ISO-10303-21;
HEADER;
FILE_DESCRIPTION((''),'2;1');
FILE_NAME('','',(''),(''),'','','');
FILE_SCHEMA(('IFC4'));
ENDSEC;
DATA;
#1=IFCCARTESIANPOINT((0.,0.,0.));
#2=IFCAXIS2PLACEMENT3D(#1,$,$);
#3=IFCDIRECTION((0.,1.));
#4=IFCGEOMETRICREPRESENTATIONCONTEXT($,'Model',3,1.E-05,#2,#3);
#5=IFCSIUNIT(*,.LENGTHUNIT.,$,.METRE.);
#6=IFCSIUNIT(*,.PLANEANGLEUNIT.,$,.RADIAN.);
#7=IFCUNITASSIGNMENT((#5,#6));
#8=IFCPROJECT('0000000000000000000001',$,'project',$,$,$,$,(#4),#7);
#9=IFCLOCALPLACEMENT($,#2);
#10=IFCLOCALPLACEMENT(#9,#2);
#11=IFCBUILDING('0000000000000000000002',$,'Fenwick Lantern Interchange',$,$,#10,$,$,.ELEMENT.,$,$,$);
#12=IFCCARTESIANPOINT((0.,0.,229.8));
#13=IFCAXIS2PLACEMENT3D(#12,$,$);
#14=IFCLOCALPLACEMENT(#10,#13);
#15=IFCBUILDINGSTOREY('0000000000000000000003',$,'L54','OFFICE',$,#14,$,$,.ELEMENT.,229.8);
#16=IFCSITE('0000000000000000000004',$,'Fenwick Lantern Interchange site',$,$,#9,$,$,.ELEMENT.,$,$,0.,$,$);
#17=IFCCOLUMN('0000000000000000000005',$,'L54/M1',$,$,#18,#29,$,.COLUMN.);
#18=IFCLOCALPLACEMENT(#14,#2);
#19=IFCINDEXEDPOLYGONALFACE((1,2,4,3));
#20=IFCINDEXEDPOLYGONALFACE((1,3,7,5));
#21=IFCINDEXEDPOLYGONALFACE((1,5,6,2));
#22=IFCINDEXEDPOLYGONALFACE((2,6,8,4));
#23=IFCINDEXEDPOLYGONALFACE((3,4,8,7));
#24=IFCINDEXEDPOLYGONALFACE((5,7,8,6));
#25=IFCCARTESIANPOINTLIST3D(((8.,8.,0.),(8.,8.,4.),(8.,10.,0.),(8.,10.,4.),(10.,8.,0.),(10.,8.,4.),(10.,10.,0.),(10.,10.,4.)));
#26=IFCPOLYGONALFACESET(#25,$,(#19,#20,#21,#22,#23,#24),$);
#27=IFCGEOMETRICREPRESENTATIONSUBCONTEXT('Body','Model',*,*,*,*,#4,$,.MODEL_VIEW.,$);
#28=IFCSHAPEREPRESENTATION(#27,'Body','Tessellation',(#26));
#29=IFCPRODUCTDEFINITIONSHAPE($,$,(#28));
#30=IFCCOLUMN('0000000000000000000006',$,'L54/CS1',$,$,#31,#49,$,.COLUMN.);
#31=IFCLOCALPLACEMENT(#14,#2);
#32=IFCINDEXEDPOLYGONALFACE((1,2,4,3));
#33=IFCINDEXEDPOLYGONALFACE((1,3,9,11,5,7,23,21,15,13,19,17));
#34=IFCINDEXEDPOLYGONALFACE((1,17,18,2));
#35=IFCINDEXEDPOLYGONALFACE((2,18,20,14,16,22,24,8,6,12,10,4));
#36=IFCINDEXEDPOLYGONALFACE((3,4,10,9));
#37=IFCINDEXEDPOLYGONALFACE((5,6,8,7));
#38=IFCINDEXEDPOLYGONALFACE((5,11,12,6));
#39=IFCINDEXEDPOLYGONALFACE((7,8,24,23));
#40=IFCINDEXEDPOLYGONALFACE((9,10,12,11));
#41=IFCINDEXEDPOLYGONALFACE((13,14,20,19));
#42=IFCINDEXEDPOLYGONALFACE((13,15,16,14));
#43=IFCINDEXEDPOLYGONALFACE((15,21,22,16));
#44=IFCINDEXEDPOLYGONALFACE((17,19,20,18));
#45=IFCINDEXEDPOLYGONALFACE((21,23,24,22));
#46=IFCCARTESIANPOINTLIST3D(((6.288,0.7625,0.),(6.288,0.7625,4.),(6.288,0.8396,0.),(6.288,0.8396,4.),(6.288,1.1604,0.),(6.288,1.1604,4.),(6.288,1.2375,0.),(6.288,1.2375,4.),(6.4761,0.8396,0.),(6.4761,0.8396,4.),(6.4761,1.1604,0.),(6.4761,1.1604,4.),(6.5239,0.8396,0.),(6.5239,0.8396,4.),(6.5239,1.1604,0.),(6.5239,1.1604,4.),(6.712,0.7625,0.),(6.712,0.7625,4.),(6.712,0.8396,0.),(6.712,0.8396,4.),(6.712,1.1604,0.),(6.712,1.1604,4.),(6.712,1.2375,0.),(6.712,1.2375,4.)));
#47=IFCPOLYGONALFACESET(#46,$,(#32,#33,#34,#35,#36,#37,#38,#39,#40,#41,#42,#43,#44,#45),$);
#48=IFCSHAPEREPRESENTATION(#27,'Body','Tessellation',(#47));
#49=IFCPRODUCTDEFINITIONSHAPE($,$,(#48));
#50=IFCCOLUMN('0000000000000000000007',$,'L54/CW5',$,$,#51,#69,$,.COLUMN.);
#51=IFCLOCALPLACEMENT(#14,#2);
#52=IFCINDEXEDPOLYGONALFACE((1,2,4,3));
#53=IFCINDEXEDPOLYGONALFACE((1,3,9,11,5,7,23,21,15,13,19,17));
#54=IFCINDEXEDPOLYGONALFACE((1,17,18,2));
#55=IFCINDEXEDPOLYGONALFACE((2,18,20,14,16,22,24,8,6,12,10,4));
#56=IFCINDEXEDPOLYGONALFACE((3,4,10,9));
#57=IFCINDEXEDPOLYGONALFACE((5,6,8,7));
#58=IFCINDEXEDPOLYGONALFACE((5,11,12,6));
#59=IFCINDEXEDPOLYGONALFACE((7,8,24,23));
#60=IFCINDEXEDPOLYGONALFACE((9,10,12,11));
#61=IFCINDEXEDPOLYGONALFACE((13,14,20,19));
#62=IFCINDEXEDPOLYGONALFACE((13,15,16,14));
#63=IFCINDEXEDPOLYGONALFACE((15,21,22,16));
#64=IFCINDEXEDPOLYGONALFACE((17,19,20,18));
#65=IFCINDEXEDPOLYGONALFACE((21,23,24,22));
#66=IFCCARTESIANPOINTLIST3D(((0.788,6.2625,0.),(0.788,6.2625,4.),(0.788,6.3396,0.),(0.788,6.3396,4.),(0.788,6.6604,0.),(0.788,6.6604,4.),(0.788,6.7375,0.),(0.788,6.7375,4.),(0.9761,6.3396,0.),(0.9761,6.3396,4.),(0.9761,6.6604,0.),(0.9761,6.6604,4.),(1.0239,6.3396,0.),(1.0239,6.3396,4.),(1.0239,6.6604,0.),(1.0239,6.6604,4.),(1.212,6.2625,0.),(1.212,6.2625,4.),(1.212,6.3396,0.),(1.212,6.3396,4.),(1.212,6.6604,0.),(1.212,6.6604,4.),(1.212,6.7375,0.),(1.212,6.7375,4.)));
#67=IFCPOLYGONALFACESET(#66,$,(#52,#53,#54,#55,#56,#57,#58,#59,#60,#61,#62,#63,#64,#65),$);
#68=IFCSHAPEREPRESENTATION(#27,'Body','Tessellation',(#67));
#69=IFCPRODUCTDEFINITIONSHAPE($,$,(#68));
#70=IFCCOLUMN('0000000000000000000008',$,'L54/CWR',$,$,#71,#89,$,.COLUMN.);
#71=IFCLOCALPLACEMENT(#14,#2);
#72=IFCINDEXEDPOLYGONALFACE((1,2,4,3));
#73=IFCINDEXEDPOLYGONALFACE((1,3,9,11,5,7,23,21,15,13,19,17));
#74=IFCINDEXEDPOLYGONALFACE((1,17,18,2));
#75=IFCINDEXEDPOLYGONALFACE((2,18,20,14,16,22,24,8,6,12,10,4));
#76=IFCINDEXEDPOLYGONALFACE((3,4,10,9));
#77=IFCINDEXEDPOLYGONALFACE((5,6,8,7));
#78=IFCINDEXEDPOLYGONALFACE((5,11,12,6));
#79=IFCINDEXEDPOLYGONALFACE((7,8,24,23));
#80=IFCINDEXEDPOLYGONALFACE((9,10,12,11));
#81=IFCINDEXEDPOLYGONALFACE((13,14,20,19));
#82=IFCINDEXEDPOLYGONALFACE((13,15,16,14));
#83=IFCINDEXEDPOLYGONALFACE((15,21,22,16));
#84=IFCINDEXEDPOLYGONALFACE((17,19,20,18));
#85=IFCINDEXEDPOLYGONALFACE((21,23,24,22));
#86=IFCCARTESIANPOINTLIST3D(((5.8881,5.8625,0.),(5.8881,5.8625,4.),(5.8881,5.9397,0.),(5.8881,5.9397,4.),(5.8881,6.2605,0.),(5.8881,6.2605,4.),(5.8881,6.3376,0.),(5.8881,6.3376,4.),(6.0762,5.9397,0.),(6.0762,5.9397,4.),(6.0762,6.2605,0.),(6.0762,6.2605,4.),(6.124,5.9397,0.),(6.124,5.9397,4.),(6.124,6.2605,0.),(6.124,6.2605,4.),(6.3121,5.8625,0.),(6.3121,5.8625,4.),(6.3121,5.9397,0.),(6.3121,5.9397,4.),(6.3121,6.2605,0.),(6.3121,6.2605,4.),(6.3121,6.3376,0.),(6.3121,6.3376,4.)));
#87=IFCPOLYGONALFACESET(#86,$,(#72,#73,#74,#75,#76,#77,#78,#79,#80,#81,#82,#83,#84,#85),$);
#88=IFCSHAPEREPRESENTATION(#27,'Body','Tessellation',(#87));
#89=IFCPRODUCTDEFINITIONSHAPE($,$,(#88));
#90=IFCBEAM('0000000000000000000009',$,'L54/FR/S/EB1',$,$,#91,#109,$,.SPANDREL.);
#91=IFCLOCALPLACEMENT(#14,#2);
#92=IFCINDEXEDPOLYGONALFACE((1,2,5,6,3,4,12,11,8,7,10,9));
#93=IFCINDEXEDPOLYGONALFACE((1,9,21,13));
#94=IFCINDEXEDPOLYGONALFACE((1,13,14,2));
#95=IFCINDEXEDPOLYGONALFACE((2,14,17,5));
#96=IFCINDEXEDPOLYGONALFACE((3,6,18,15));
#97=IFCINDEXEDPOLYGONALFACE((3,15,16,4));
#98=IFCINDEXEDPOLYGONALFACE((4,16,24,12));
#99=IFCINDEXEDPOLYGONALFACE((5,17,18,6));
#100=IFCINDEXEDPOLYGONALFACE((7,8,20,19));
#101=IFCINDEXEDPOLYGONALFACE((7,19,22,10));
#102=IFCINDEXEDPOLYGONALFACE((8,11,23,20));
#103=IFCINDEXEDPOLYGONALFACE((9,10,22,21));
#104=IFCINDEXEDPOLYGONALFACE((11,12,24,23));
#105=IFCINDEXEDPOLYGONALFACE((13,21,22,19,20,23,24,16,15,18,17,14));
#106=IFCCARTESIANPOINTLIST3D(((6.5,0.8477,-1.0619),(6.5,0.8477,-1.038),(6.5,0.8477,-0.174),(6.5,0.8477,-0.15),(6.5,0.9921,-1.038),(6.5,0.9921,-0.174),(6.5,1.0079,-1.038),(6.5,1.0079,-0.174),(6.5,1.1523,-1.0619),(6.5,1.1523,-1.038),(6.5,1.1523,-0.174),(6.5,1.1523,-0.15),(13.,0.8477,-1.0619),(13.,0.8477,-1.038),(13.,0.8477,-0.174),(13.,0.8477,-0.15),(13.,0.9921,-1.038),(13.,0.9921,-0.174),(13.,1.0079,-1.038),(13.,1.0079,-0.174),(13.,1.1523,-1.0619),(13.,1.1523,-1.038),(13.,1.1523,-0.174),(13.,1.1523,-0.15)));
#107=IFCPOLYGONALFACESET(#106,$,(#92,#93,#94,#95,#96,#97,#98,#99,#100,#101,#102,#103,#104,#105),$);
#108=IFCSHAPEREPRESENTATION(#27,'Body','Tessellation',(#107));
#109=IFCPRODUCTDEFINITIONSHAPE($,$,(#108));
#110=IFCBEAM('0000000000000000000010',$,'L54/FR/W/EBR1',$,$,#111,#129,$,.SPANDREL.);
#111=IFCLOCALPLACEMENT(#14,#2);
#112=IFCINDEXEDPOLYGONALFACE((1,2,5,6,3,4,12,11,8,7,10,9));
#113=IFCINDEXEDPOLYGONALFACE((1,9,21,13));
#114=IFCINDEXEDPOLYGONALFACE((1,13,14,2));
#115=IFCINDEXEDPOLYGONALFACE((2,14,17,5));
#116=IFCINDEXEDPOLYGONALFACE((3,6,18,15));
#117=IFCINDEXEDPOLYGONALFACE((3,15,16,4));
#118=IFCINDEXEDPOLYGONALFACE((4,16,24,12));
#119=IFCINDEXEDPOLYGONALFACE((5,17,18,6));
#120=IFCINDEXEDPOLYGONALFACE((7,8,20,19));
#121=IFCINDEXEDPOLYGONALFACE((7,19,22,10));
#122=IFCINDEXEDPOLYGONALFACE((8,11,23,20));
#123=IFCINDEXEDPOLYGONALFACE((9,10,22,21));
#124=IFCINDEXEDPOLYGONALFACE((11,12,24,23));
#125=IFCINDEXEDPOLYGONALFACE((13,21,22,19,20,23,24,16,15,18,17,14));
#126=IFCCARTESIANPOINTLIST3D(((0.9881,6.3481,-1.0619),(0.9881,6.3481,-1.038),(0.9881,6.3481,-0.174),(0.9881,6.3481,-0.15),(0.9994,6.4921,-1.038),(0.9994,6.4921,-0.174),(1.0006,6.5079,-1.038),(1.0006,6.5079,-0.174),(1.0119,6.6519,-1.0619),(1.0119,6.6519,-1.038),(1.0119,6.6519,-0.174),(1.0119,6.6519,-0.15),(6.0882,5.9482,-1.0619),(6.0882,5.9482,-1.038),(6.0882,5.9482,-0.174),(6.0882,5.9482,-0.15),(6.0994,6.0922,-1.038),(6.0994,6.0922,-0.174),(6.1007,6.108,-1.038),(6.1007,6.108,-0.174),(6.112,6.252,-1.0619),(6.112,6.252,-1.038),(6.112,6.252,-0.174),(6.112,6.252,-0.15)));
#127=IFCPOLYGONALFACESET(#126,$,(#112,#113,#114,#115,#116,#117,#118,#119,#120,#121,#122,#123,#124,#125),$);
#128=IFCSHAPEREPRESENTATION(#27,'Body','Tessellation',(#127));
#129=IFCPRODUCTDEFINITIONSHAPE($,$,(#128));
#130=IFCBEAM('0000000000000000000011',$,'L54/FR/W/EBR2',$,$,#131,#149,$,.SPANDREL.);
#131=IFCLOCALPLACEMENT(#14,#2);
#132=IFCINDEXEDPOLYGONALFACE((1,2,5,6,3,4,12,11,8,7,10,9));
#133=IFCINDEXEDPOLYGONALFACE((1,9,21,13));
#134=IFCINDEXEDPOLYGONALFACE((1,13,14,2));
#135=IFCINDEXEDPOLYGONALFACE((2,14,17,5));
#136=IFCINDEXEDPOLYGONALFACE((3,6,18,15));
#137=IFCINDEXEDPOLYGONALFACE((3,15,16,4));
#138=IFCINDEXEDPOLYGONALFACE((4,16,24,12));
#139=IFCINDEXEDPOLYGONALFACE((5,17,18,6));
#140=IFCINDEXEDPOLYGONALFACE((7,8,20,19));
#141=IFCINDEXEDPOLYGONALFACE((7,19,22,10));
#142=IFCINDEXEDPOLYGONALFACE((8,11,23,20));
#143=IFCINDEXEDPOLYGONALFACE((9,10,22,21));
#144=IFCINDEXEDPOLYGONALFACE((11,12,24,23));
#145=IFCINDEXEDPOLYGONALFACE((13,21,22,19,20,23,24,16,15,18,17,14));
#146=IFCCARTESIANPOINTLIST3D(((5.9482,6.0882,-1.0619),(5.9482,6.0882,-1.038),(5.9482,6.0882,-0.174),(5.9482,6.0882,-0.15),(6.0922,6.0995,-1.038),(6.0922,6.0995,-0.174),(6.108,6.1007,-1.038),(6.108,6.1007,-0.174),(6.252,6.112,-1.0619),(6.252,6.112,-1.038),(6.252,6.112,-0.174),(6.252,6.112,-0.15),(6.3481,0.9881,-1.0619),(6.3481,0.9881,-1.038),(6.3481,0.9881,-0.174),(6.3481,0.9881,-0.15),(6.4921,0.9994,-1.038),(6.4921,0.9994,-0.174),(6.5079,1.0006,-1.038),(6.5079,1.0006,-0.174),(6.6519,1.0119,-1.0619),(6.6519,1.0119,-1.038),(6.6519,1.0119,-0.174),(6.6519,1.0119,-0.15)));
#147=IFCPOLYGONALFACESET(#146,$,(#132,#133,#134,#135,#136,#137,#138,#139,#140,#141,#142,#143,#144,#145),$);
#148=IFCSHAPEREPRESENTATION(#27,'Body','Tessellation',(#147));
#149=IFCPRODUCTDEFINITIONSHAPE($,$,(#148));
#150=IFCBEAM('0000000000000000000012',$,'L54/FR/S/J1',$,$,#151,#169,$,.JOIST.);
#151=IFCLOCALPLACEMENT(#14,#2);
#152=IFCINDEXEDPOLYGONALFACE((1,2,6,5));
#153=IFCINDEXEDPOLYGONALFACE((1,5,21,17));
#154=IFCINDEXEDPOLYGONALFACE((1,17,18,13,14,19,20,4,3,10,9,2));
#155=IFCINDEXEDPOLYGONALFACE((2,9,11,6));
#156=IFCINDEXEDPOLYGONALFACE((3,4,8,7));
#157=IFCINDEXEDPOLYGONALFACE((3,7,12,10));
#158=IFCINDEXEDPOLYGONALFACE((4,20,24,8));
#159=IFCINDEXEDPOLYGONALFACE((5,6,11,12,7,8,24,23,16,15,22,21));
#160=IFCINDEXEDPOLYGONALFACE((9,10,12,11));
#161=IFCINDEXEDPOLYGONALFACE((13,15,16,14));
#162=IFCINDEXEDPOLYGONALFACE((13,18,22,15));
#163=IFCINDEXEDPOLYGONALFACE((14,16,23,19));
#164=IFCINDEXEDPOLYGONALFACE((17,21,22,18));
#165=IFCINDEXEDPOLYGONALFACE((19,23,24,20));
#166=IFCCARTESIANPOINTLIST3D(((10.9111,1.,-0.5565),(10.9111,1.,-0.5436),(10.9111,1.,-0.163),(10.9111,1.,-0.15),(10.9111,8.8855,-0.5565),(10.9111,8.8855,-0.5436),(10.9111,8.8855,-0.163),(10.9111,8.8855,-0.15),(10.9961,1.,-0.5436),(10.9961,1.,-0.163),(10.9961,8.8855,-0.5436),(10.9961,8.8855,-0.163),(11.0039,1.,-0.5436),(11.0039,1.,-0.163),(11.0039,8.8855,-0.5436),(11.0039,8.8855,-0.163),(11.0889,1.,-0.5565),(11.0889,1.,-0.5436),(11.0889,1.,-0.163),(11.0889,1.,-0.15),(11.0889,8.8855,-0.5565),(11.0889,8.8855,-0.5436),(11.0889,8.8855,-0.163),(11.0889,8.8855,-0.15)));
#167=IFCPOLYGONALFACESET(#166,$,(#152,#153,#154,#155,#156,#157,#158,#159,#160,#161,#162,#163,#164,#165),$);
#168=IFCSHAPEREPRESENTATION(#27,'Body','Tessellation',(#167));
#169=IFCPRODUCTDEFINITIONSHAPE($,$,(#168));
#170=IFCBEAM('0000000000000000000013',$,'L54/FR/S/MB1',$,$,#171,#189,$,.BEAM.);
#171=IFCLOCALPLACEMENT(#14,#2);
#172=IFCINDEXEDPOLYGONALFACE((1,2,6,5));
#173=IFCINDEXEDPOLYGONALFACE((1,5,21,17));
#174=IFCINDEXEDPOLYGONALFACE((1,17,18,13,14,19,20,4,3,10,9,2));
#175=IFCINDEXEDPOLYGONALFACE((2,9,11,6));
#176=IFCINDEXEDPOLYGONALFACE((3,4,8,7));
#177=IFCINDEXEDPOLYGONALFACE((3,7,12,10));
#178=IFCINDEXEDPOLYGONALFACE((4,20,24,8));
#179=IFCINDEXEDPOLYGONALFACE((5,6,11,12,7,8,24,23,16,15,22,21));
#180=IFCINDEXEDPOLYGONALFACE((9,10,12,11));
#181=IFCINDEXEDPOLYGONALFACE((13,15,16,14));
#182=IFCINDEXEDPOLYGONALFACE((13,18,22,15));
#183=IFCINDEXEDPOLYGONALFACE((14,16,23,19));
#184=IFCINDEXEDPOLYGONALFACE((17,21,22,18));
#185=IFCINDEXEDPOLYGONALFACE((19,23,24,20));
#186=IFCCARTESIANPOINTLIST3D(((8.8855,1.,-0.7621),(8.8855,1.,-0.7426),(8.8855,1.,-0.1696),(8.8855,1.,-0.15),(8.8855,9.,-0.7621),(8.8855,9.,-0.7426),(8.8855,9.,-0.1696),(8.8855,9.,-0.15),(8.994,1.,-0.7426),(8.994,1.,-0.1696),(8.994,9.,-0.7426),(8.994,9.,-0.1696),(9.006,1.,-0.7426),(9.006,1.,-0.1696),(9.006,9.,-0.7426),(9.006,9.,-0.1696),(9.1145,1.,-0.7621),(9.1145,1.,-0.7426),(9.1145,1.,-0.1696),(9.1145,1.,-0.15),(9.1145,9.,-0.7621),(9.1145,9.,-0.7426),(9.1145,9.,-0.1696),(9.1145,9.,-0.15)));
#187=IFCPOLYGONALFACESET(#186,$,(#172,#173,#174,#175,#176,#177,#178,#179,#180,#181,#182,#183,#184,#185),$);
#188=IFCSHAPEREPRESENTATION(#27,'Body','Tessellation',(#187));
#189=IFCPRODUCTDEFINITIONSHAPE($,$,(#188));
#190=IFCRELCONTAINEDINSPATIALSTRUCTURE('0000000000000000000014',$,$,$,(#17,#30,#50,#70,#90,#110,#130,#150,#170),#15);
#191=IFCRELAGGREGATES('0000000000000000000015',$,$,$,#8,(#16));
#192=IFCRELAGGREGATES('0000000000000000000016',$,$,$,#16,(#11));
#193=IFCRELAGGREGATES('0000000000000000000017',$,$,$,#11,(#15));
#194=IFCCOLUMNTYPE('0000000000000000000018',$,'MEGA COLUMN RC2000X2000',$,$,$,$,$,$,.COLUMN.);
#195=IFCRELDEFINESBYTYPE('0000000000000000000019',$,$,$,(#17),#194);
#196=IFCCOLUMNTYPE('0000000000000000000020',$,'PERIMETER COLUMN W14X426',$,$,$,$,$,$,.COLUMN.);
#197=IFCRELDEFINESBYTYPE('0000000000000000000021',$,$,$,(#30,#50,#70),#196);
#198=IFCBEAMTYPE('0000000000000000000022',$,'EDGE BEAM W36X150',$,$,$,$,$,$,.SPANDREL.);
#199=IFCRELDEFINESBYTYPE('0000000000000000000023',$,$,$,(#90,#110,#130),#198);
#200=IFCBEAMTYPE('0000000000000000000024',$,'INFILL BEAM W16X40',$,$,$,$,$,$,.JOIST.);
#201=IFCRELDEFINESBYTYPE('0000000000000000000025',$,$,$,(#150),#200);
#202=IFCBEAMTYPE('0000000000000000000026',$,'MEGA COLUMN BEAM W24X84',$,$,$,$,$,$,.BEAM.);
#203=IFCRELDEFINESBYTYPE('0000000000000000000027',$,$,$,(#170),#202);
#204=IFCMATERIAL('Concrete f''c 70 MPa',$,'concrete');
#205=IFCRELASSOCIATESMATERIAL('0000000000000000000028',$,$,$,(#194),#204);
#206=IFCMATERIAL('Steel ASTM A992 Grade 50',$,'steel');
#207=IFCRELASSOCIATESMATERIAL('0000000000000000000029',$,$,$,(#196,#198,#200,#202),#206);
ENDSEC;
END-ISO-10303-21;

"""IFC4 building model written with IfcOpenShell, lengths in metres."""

from ifc_helpers import new_model, si_unit, direction, frame, origin, origin_2d, place, context, subcontext, project, spatial, rectangle, i_section, extrude, material, material_profile, profile_set, type_object, element, save


model = new_model("IFC4")

# Units and contexts
model_context = context("Model", 3, precision=1e-05, world=origin(), true_north=direction((0.0, 1.0)))
body_context = subcontext(model_context, "Body", "Model", "MODEL_VIEW")
ifc_project = project(units=[si_unit("LENGTHUNIT", "METRE"), si_unit("PLANEANGLEUNIT", "RADIAN")], contexts=[model_context])

# Site, building, storey
site_placement = place(None, origin())
site = spatial("IfcSite", under=ifc_project, at=site_placement, Name="Fenwick Lantern Interchange site", CompositionType="ELEMENT", RefElevation=0.0)
building_placement = place(site_placement, origin())
building = spatial("IfcBuilding", under=site, at=building_placement, Name="Fenwick Lantern Interchange", CompositionType="ELEMENT")
storey_placement = place(building_placement, frame((0.0, 0.0, 229.8)))
storey = spatial("IfcBuildingStorey", under=building, at=storey_placement, Name="L54", Description="OFFICE", CompositionType="ELEMENT", Elevation=229.8)

# Columns
ifc_material_1 = material(Name="Concrete f'c 70 MPa", Category="concrete")
ifc_material_profile_1 = material_profile(ifc_material_1, rectangle(XDim=2.0, YDim=2.0, at=origin_2d()), Name="RC2000X2000")
ifc_profile_set_1 = profile_set([ifc_material_profile_1], Name="Concrete f'c 70 MPa")
column_type_1 = type_object("IfcColumnType", Name="MEGA COLUMN RC2000X2000", PredefinedType="COLUMN", material=ifc_profile_set_1)
column_placement = place(storey_placement, frame((9.0, 9.0, 0.0), z_axis=(0.0, 0.0, 1.0), x_axis=(1.0, 0.0, 0.0)))
element("IfcColumn", 1, at=column_placement, inside=storey, type_object=column_type_1, Name="L54/M1", PredefinedType="COLUMN", context=body_context, shape_type="SweptSolid", body=[
    extrude(rectangle(XDim=2.0, YDim=2.0, at=origin_2d()), origin(), (0.0, 0.0, 1.0), 4.0),
])
ifc_material_2 = material(Name="Steel ASTM A992 Grade 50", Category="steel")
ifc_material_profile_2 = material_profile(ifc_material_2, i_section(OverallWidth=0.4241, OverallDepth=0.4751, WebThickness=0.0479, FlangeThickness=0.0771, at=origin_2d()), Name="W14X426")
ifc_profile_set_2 = profile_set([ifc_material_profile_2], Name="Steel ASTM A992 Grade 50")
column_type_2 = type_object("IfcColumnType", Name="PERIMETER COLUMN W14X426", PredefinedType="COLUMN", material=ifc_profile_set_2)
for number, where, z_axis, x_axis, name in (
    (2, (6.5, 1.0, 0.0), (0.0, 0.0, 1.0), (1.0, 0.0, 0.0), "L54/CS1"),
    (3, (1.0, 6.5, 0.0), (0.0, 0.0, 1.0), (1.0, 0.0, 0.0), "L54/CW5"),
    (4, (6.1001, 6.1001, 0.0), (0.0, 0.0, 1.0), (1.0, 0.0, 0.0), "L54/CWR"),
):
    element("IfcColumn", number, at=place(storey_placement, frame(where, z_axis=z_axis, x_axis=x_axis)), inside=storey, type_object=column_type_2, Name=name, PredefinedType="COLUMN", context=body_context, shape_type="SweptSolid", body=[
        extrude(i_section(OverallWidth=0.4241, OverallDepth=0.4751, WebThickness=0.0479, FlangeThickness=0.0771, at=origin_2d()), origin(), (0.0, 0.0, 1.0), 4.0),
    ])

# Beams
ifc_material_profile_3 = material_profile(ifc_material_2, i_section(OverallWidth=0.3047, OverallDepth=0.9119, WebThickness=0.0159, FlangeThickness=0.0239, at=origin_2d()), Name="W36X150")
ifc_profile_set_3 = profile_set([ifc_material_profile_3], Name="Steel ASTM A992 Grade 50")
beam_type_1 = type_object("IfcBeamType", Name="EDGE BEAM W36X150", PredefinedType="SPANDREL", material=ifc_profile_set_3)
beam_1_placement = place(storey_placement, frame((6.5, 1.0, -0.606), z_axis=(1.0, 0.0, 0.0), x_axis=(0.0, 1.0, 0.0)))
element("IfcBeam", 5, at=beam_1_placement, inside=storey, type_object=beam_type_1, Name="L54/FR/S/EB1", PredefinedType="SPANDREL", context=body_context, shape_type="SweptSolid", body=[
    extrude(i_section(OverallWidth=0.3047, OverallDepth=0.9119, WebThickness=0.0159, FlangeThickness=0.0239, at=origin_2d()), origin(), (0.0, 0.0, 1.0), 6.5),
])
for number, where, z_axis, x_axis, name in (
    (6, (1.0, 6.5, -0.606), (0.99694, -0.078171, 0.0), (0.078171, 0.99694, 0.0), "L54/FR/W/EBR1"),
    (7, (6.1001, 6.1001, -0.606), (0.078171, -0.99694, 0.0), (0.99694, 0.078171, 0.0), "L54/FR/W/EBR2"),
):
    element("IfcBeam", number, at=place(storey_placement, frame(where, z_axis=z_axis, x_axis=x_axis)), inside=storey, type_object=beam_type_1, Name=name, PredefinedType="SPANDREL", context=body_context, shape_type="SweptSolid", body=[
        extrude(i_section(OverallWidth=0.3047, OverallDepth=0.9119, WebThickness=0.0159, FlangeThickness=0.0239, at=origin_2d()), origin(), (0.0, 0.0, 1.0), 5.1157),
    ])
ifc_material_profile_4 = material_profile(ifc_material_2, i_section(OverallWidth=0.1777, OverallDepth=0.4065, WebThickness=0.0078, FlangeThickness=0.0129, at=origin_2d()), Name="W16X40")
ifc_profile_set_4 = profile_set([ifc_material_profile_4], Name="Steel ASTM A992 Grade 50")
beam_type_2 = type_object("IfcBeamType", Name="INFILL BEAM W16X40", PredefinedType="JOIST", material=ifc_profile_set_4)
beam_2_placement = place(storey_placement, frame((11.0, 1.0, -0.3533), z_axis=(0.0, 1.0, 0.0), x_axis=(-1.0, 0.0, 0.0)))
element("IfcBeam", 8, at=beam_2_placement, inside=storey, type_object=beam_type_2, Name="L54/FR/S/J1", PredefinedType="JOIST", context=body_context, shape_type="SweptSolid", body=[
    extrude(i_section(OverallWidth=0.1777, OverallDepth=0.4065, WebThickness=0.0078, FlangeThickness=0.0129, at=origin_2d()), origin(), (0.0, 0.0, 1.0), 7.8855),
])
ifc_material_profile_5 = material_profile(ifc_material_2, i_section(OverallWidth=0.229, OverallDepth=0.6121, WebThickness=0.012, FlangeThickness=0.0195, at=origin_2d()), Name="W24X84")
ifc_profile_set_5 = profile_set([ifc_material_profile_5], Name="Steel ASTM A992 Grade 50")
beam_type_3 = type_object("IfcBeamType", Name="MEGA COLUMN BEAM W24X84", PredefinedType="BEAM", material=ifc_profile_set_5)
for number, where, z_axis, x_axis, name in (
    (9, (9.0, 9.0, -0.4561), (0.0, -1.0, 0.0), (1.0, 0.0, 0.0), "L54/FR/S/MB1"),
):
    element("IfcBeam", number, at=place(storey_placement, frame(where, z_axis=z_axis, x_axis=x_axis)), inside=storey, type_object=beam_type_3, Name=name, PredefinedType="BEAM", context=body_context, shape_type="SweptSolid", body=[
        extrude(i_section(OverallWidth=0.229, OverallDepth=0.6121, WebThickness=0.012, FlangeThickness=0.0195, at=origin_2d()), origin(), (0.0, 0.0, 1.0), 8.0),
    ])

save(model, "model.ifc")
